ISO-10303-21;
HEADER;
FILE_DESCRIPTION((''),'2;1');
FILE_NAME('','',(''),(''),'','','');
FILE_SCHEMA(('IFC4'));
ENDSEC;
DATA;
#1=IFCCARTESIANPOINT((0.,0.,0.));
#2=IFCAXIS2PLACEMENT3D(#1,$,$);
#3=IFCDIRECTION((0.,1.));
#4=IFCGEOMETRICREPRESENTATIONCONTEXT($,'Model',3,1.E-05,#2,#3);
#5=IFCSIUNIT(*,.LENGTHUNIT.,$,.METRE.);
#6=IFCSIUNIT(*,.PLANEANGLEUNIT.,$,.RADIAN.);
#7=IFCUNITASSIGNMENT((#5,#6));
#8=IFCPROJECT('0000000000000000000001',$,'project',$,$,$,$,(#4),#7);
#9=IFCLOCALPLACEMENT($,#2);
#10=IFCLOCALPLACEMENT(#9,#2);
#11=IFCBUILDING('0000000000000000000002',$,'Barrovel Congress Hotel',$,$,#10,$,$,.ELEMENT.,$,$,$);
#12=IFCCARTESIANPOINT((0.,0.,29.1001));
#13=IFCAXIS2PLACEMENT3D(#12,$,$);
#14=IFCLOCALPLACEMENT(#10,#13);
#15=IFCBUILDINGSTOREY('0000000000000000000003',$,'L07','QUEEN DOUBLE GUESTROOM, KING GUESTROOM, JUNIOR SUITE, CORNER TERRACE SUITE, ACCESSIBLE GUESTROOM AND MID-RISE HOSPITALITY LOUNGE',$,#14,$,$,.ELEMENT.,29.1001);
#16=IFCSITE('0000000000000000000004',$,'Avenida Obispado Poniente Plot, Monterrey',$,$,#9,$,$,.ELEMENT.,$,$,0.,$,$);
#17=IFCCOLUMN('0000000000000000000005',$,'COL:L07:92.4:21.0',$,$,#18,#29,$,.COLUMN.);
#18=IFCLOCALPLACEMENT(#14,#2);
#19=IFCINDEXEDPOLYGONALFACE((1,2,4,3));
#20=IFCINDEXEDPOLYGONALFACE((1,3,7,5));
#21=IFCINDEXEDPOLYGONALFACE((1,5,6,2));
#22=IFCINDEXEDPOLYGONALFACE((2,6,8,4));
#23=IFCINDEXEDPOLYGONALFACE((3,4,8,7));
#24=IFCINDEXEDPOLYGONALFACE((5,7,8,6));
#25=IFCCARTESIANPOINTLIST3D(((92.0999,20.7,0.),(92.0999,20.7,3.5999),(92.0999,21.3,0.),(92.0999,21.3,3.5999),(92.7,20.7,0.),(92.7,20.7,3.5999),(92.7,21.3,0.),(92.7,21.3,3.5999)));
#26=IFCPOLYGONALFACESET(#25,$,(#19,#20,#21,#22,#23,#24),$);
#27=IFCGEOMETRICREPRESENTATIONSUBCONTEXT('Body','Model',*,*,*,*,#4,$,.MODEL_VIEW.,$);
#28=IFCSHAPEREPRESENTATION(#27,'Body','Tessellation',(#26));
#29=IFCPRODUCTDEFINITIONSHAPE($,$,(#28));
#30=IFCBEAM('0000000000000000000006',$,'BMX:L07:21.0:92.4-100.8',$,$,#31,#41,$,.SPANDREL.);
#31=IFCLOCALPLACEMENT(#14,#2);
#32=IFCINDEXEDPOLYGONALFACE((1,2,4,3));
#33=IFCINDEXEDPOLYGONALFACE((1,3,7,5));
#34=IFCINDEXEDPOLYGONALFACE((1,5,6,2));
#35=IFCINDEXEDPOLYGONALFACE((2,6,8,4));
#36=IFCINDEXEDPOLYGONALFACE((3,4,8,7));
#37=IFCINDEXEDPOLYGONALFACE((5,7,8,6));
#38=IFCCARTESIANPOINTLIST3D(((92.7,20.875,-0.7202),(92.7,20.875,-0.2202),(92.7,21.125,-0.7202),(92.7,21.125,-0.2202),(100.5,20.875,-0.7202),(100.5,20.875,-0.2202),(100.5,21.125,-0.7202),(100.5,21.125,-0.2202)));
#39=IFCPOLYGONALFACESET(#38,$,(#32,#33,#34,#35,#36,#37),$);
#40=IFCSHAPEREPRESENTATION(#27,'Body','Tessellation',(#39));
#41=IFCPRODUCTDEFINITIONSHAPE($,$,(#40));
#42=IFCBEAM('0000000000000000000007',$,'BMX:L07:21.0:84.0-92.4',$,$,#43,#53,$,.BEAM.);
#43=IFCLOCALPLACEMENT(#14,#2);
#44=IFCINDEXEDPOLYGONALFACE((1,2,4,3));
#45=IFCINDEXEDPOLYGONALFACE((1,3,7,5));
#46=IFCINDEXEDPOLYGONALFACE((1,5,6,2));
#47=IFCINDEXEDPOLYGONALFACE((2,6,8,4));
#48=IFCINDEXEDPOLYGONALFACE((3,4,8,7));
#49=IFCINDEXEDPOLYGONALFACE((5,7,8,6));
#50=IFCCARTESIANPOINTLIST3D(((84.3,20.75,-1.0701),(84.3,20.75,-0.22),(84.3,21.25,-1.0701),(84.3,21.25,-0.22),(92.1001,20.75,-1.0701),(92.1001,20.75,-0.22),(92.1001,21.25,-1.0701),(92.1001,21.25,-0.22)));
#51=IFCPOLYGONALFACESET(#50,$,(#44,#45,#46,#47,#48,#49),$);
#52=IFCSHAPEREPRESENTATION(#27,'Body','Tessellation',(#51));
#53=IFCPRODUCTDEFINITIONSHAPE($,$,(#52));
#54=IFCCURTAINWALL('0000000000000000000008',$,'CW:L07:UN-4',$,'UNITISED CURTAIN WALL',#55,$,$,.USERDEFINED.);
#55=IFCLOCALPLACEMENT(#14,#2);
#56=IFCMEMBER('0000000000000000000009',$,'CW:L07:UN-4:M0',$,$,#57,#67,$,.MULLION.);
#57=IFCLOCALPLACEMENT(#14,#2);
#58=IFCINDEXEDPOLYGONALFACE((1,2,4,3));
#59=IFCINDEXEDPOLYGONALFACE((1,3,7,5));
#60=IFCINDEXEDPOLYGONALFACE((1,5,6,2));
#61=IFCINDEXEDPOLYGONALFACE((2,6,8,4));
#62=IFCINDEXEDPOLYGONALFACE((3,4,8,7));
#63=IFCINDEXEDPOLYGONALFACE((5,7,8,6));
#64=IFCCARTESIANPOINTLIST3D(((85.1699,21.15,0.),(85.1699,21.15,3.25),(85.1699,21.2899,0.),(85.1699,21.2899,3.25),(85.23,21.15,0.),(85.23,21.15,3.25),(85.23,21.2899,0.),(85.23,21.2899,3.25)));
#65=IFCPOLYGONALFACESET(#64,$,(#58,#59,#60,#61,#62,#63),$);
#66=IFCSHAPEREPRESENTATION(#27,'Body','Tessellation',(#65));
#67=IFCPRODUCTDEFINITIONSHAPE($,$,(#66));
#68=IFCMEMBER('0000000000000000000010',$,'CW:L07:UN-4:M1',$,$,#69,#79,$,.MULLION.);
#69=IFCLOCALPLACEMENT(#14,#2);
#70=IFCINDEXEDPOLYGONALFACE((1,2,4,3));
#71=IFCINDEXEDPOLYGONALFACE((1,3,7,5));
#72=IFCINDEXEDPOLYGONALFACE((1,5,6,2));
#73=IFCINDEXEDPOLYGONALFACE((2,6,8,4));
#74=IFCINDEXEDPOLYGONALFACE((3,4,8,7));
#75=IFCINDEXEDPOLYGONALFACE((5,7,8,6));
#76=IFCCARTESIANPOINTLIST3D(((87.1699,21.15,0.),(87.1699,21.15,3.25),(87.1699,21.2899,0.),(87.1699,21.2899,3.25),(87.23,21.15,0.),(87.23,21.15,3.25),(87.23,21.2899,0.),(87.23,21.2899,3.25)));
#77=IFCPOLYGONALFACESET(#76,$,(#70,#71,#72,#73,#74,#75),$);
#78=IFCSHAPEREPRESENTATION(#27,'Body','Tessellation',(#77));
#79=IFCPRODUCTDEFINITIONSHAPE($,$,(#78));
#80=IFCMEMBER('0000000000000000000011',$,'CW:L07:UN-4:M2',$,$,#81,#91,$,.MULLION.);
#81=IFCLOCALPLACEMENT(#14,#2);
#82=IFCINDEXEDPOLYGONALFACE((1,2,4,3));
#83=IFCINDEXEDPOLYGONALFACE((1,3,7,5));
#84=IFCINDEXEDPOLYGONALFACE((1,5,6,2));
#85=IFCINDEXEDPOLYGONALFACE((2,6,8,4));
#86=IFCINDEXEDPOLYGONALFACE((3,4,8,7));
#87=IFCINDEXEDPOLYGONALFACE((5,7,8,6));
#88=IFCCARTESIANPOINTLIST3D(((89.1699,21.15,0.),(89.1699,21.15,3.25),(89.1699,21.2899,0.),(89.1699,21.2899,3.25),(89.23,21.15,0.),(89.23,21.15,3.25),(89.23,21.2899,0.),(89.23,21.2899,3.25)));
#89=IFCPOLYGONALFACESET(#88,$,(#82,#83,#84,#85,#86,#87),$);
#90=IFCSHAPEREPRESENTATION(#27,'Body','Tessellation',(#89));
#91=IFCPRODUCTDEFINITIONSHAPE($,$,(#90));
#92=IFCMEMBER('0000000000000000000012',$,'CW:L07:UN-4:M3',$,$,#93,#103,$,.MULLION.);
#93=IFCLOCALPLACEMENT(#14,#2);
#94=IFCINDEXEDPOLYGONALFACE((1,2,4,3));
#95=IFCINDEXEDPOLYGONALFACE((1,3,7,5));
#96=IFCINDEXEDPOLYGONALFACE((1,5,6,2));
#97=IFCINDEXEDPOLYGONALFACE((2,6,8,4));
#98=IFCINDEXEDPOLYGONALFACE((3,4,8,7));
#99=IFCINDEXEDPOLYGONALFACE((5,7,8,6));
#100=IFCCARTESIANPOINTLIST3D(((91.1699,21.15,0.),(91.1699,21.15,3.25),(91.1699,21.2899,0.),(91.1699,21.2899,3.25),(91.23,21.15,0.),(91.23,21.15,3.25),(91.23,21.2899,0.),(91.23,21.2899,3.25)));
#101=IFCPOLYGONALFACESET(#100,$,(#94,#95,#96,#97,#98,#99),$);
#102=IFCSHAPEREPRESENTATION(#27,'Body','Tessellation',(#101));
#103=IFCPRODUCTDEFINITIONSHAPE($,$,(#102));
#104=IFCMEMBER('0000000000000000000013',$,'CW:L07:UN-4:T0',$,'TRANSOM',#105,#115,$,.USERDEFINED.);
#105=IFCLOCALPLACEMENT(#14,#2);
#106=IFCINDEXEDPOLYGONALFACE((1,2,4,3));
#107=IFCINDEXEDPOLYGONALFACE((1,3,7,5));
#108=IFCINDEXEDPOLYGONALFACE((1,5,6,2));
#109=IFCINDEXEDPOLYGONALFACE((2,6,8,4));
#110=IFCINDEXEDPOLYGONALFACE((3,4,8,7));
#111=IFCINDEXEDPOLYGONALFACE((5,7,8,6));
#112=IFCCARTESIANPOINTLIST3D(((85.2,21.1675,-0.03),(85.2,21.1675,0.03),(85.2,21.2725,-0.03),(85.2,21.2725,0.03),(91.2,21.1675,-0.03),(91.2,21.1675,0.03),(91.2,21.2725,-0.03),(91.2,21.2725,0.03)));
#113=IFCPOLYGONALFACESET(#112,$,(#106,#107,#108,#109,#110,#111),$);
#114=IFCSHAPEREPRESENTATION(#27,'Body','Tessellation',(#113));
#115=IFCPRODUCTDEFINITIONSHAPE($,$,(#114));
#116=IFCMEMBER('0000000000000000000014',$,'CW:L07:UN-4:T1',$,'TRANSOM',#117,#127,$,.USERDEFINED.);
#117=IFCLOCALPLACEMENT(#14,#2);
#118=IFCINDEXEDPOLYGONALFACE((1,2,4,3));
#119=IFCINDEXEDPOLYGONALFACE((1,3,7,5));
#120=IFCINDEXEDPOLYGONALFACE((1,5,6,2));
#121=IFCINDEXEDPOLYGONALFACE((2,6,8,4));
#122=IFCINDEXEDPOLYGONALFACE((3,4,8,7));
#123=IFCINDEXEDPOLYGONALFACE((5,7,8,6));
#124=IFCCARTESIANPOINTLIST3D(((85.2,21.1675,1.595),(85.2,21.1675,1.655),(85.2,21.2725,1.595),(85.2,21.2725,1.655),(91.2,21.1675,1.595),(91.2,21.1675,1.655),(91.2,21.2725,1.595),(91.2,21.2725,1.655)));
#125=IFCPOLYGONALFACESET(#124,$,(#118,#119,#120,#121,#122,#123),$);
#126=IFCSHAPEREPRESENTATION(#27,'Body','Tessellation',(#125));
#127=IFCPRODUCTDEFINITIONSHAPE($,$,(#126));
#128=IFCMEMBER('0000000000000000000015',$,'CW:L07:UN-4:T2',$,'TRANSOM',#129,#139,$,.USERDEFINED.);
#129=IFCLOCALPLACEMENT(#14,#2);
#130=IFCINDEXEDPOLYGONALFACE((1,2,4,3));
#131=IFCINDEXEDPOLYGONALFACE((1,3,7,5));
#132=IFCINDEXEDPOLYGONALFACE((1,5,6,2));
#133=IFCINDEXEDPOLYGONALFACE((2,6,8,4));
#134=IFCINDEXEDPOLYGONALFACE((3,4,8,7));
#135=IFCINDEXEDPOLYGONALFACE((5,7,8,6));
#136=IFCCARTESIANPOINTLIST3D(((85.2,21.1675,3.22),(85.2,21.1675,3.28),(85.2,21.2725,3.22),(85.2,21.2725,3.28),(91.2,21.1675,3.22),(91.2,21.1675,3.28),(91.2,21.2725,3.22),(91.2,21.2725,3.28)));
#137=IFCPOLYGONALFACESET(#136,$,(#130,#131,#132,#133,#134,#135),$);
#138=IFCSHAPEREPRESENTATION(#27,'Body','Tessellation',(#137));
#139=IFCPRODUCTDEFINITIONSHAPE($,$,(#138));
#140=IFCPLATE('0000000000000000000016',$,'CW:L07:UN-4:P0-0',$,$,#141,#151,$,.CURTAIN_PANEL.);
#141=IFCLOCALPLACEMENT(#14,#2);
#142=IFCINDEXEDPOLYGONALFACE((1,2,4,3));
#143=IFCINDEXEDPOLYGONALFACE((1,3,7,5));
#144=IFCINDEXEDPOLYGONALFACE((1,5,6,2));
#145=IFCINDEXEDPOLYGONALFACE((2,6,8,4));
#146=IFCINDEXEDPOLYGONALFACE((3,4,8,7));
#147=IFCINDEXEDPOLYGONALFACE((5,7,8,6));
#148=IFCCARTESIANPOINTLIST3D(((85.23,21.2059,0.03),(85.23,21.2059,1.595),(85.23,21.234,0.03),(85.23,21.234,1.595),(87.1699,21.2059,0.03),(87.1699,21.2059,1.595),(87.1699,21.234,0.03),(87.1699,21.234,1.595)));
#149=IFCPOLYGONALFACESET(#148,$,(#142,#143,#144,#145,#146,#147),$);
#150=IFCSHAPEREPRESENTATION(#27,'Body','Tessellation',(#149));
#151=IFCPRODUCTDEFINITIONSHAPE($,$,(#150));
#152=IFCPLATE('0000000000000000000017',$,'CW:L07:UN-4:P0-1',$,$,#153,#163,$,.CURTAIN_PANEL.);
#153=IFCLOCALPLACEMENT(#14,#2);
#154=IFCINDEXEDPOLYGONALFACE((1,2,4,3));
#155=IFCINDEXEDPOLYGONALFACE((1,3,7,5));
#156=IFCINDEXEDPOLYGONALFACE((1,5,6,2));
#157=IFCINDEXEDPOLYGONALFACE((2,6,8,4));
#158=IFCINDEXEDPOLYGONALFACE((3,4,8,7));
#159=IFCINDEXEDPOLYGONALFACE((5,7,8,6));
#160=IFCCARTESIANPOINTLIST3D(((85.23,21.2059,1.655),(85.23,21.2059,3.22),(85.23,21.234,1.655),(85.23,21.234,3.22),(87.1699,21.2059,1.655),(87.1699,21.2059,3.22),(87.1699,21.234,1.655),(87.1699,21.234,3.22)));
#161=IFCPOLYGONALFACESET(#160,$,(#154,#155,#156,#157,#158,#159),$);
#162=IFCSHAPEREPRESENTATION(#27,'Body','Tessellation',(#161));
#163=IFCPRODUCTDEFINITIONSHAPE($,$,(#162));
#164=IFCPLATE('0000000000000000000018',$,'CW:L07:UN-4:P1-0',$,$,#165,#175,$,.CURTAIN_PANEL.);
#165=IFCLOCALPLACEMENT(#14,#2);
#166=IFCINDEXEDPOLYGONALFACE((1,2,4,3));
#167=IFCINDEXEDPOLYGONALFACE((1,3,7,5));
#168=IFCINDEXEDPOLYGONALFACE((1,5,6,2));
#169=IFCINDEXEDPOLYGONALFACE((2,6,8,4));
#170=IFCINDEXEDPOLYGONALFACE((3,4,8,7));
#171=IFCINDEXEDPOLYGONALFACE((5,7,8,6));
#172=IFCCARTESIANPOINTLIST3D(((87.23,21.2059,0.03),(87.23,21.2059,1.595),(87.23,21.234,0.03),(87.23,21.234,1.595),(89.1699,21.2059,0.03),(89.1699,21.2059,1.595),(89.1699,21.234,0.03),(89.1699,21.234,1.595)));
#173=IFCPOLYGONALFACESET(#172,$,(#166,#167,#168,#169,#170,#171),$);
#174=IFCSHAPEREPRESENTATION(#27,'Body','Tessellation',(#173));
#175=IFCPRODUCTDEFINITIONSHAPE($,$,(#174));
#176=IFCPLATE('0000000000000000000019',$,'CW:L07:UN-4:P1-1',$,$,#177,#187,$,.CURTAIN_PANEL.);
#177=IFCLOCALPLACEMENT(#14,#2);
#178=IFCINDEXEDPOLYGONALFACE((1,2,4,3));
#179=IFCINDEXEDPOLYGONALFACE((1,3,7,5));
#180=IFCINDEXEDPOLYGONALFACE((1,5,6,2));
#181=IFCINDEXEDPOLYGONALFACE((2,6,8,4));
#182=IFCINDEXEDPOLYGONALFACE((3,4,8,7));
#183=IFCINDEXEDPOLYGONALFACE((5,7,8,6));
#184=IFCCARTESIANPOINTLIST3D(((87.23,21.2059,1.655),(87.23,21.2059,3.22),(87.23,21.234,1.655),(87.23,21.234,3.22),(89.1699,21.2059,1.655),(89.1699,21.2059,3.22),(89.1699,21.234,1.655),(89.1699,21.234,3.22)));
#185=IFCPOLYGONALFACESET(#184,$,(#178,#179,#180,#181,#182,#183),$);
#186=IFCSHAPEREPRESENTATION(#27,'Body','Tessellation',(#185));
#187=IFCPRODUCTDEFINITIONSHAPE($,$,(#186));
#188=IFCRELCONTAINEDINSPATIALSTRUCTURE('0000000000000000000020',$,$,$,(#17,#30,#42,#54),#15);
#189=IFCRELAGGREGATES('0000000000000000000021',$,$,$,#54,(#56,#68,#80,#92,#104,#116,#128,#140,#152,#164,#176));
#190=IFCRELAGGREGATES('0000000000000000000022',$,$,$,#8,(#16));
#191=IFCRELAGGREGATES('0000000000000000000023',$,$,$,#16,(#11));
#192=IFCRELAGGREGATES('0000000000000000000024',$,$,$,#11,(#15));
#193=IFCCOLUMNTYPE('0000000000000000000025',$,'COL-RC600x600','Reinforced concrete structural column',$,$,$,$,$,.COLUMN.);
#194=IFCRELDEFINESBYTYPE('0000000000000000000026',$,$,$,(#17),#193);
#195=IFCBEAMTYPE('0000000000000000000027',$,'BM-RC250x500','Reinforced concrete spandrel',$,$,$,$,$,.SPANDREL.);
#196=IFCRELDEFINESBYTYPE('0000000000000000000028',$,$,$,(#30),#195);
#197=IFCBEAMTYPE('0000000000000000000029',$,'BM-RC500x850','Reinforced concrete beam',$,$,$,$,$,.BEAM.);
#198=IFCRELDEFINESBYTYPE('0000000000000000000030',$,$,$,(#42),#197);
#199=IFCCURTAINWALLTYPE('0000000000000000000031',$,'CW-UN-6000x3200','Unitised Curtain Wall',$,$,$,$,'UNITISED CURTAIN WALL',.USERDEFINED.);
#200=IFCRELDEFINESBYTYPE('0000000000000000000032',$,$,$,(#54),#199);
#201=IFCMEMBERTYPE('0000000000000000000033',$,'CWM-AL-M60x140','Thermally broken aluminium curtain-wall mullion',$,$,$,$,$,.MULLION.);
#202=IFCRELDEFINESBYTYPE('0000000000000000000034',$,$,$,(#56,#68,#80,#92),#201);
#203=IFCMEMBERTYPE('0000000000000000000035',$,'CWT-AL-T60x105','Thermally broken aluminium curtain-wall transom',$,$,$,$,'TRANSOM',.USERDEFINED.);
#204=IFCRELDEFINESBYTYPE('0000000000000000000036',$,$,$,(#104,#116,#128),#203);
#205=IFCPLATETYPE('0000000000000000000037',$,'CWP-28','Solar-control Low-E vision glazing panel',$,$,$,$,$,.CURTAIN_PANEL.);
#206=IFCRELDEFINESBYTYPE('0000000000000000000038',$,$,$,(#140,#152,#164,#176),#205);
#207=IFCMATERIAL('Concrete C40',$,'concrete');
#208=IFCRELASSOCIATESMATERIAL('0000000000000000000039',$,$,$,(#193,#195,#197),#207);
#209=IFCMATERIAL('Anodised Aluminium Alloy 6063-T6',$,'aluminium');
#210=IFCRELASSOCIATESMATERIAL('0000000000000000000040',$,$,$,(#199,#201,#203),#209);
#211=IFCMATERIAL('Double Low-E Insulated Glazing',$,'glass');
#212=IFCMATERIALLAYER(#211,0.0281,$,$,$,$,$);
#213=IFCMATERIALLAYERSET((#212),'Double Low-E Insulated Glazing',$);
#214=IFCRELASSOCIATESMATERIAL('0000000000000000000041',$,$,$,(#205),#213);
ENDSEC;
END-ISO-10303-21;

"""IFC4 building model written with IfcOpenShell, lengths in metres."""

from ifc_helpers import new_model, si_unit, direction, frame, origin, origin_2d, place, context, subcontext, project, spatial, rectangle, extrude, material, layer, layer_set, material_profile, profile_set, type_object, element, aggregate, save


model = new_model("IFC4")

# Units and contexts
model_context = context("Model", 3, precision=1e-05, world=origin(), true_north=direction((0.0, 1.0)))
body_context = subcontext(model_context, "Body", "Model", "MODEL_VIEW")
ifc_project = project(units=[si_unit("LENGTHUNIT", "METRE"), si_unit("PLANEANGLEUNIT", "RADIAN")], contexts=[model_context])

# Site, building, storey
site_placement = place(None, origin())
site = spatial("IfcSite", under=ifc_project, at=site_placement, Name="Avenida Obispado Poniente Plot, Monterrey", CompositionType="ELEMENT", RefElevation=0.0)
building_placement = place(site_placement, origin())
building = spatial("IfcBuilding", under=site, at=building_placement, Name="Barrovel Congress Hotel", CompositionType="ELEMENT")
storey_placement = place(building_placement, frame((0.0, 0.0, 29.1001)))
storey = spatial("IfcBuildingStorey", under=building, at=storey_placement, Name="L07", Description="QUEEN DOUBLE GUESTROOM, KING GUESTROOM, JUNIOR SUITE, CORNER TERRACE SUITE, ACCESSIBLE GUESTROOM AND MID-RISE HOSPITALITY LOUNGE", CompositionType="ELEMENT", Elevation=29.1001)

# Column
ifc_material_1 = material(Name="Concrete C40", Category="concrete")
ifc_material_profile_1 = material_profile(ifc_material_1, rectangle(XDim=0.6001, YDim=0.6001, at=origin_2d()), Name="RC600x600")
ifc_profile_set_1 = profile_set([ifc_material_profile_1], Name="Concrete C40")
column_type = type_object("IfcColumnType", Name="COL-RC600x600", Description="Reinforced concrete structural column", PredefinedType="COLUMN", material=ifc_profile_set_1)
column_placement = place(storey_placement, frame((92.3999, 21.0, 0.0), z_axis=(0.0, 0.0, 1.0), x_axis=(1.0, 0.0, 0.0)))
element("IfcColumn", 1, at=column_placement, inside=storey, type_object=column_type, Name="COL:L07:92.4:21.0", PredefinedType="COLUMN", context=body_context, shape_type="SweptSolid", body=[
    extrude(rectangle(XDim=0.6001, YDim=0.6001, at=origin_2d()), origin(), (0.0, 0.0, 1.0), 3.5999),
])

# Beams
ifc_material_profile_2 = material_profile(ifc_material_1, rectangle(XDim=0.25, YDim=0.5, at=origin_2d()), Name="RC250x500")
ifc_profile_set_2 = profile_set([ifc_material_profile_2], Name="Concrete C40")
beam_type_1 = type_object("IfcBeamType", Name="BM-RC250x500", Description="Reinforced concrete spandrel", PredefinedType="SPANDREL", material=ifc_profile_set_2)
beam_1_placement = place(storey_placement, frame((92.7, 21.0, -0.4702), z_axis=(1.0, 0.0, 0.0), x_axis=(0.0, 1.0, 0.0)))
element("IfcBeam", 2, at=beam_1_placement, inside=storey, type_object=beam_type_1, Name="BMX:L07:21.0:92.4-100.8", PredefinedType="SPANDREL", context=body_context, shape_type="SweptSolid", body=[
    extrude(rectangle(XDim=0.25, YDim=0.5, at=origin_2d()), origin(), (0.0, 0.0, 1.0), 7.8),
])
ifc_material_profile_3 = material_profile(ifc_material_1, rectangle(XDim=0.5, YDim=0.8501, at=origin_2d()), Name="RC500x850")
ifc_profile_set_3 = profile_set([ifc_material_profile_3], Name="Concrete C40")
beam_type_2 = type_object("IfcBeamType", Name="BM-RC500x850", Description="Reinforced concrete beam", PredefinedType="BEAM", material=ifc_profile_set_3)
beam_2_placement = place(storey_placement, frame((84.3, 21.0, -0.645), z_axis=(1.0, 0.0, 0.0), x_axis=(0.0, 1.0, 0.0)))
element("IfcBeam", 3, at=beam_2_placement, inside=storey, type_object=beam_type_2, Name="BMX:L07:21.0:84.0-92.4", PredefinedType="BEAM", context=body_context, shape_type="SweptSolid", body=[
    extrude(rectangle(XDim=0.5, YDim=0.8501, at=origin_2d()), origin(), (0.0, 0.0, 1.0), 7.8),
])

# Curtain wall, members, plates
ifc_material_2 = material(Name="Anodised Aluminium Alloy 6063-T6", Category="aluminium")
curtain_wall_type = type_object("IfcCurtainWallType", Name="CW-UN-6000x3200", Description="Unitised Curtain Wall", ElementType="UNITISED CURTAIN WALL", PredefinedType="USERDEFINED", material=ifc_material_2)
curtain_wall_placement = place(storey_placement, origin())
curtain_wall = element("IfcCurtainWall", 4, at=curtain_wall_placement, inside=storey, type_object=curtain_wall_type, Name="CW:L07:UN-4", ObjectType="UNITISED CURTAIN WALL", PredefinedType="USERDEFINED")
ifc_material_profile_4 = material_profile(ifc_material_2, rectangle(XDim=0.0601, YDim=0.1399, at=origin_2d()), Name="AL-M60x140")
ifc_profile_set_4 = profile_set([ifc_material_profile_4], Name="Anodised Aluminium Alloy 6063-T6")
member_type_1 = type_object("IfcMemberType", Name="CWM-AL-M60x140", Description="Thermally broken aluminium curtain-wall mullion", PredefinedType="MULLION", material=ifc_profile_set_4)
member_1_placement = place(storey_placement, frame((85.2, 21.22, 0.0), z_axis=(0.0, 0.0, 1.0), x_axis=(1.0, 0.0, 0.0)))
member_1 = element("IfcMember", 5, at=member_1_placement, type_object=member_type_1, Name="CW:L07:UN-4:M0", PredefinedType="MULLION", context=body_context, shape_type="SweptSolid", body=[
    extrude(rectangle(XDim=0.0601, YDim=0.1399, at=origin_2d()), origin(), (0.0, 0.0, 1.0), 3.25),
])
member_2_placement = place(storey_placement, frame((87.2, 21.22, 0.0), z_axis=(0.0, 0.0, 1.0), x_axis=(1.0, 0.0, 0.0)))
member_2 = element("IfcMember", 6, at=member_2_placement, type_object=member_type_1, Name="CW:L07:UN-4:M1", PredefinedType="MULLION", context=body_context, shape_type="SweptSolid", body=[
    extrude(rectangle(XDim=0.0601, YDim=0.1399, at=origin_2d()), origin(), (0.0, 0.0, 1.0), 3.25),
])
member_3_placement = place(storey_placement, frame((89.2, 21.22, 0.0), z_axis=(0.0, 0.0, 1.0), x_axis=(1.0, 0.0, 0.0)))
member_3 = element("IfcMember", 7, at=member_3_placement, type_object=member_type_1, Name="CW:L07:UN-4:M2", PredefinedType="MULLION", context=body_context, shape_type="SweptSolid", body=[
    extrude(rectangle(XDim=0.0601, YDim=0.1399, at=origin_2d()), origin(), (0.0, 0.0, 1.0), 3.25),
])
member_4_placement = place(storey_placement, frame((91.2, 21.22, 0.0), z_axis=(0.0, 0.0, 1.0), x_axis=(1.0, 0.0, 0.0)))
member_4 = element("IfcMember", 8, at=member_4_placement, type_object=member_type_1, Name="CW:L07:UN-4:M3", PredefinedType="MULLION", context=body_context, shape_type="SweptSolid", body=[
    extrude(rectangle(XDim=0.0601, YDim=0.1399, at=origin_2d()), origin(), (0.0, 0.0, 1.0), 3.25),
])
ifc_material_profile_5 = material_profile(ifc_material_2, rectangle(XDim=0.105, YDim=0.0601, at=origin_2d()), Name="AL-T60x105")
ifc_profile_set_5 = profile_set([ifc_material_profile_5], Name="Anodised Aluminium Alloy 6063-T6")
member_type_2 = type_object("IfcMemberType", Name="CWT-AL-T60x105", Description="Thermally broken aluminium curtain-wall transom", ElementType="TRANSOM", PredefinedType="USERDEFINED", material=ifc_profile_set_5)
member_5_placement = place(storey_placement, frame((85.2, 21.22, 0.0), z_axis=(1.0, 0.0, 0.0), x_axis=(0.0, 1.0, 0.0)))
member_5 = element("IfcMember", 9, at=member_5_placement, type_object=member_type_2, Name="CW:L07:UN-4:T0", ObjectType="TRANSOM", PredefinedType="USERDEFINED", context=body_context, shape_type="SweptSolid", body=[
    extrude(rectangle(XDim=0.105, YDim=0.0601, at=origin_2d()), origin(), (0.0, 0.0, 1.0), 6.0),
])
member_6_placement = place(storey_placement, frame((85.2, 21.22, 1.625), z_axis=(1.0, 0.0, 0.0), x_axis=(0.0, 1.0, 0.0)))
member_6 = element("IfcMember", 10, at=member_6_placement, type_object=member_type_2, Name="CW:L07:UN-4:T1", ObjectType="TRANSOM", PredefinedType="USERDEFINED", context=body_context, shape_type="SweptSolid", body=[
    extrude(rectangle(XDim=0.105, YDim=0.0601, at=origin_2d()), origin(), (0.0, 0.0, 1.0), 6.0),
])
member_7_placement = place(storey_placement, frame((85.2, 21.22, 3.25), z_axis=(1.0, 0.0, 0.0), x_axis=(0.0, 1.0, 0.0)))
member_7 = element("IfcMember", 11, at=member_7_placement, type_object=member_type_2, Name="CW:L07:UN-4:T2", ObjectType="TRANSOM", PredefinedType="USERDEFINED", context=body_context, shape_type="SweptSolid", body=[
    extrude(rectangle(XDim=0.105, YDim=0.0601, at=origin_2d()), origin(), (0.0, 0.0, 1.0), 6.0),
])
ifc_material_3 = material(Name="Double Low-E Insulated Glazing", Category="glass")
ifc_layer_1 = layer(ifc_material_3, 0.0281)
ifc_layer_set_1 = layer_set([ifc_layer_1], Name="Double Low-E Insulated Glazing")
plate_type = type_object("IfcPlateType", Name="CWP-28", Description="Solar-control Low-E vision glazing panel", PredefinedType="CURTAIN_PANEL", material=ifc_layer_set_1)
plate_1_placement = place(storey_placement, frame((86.2, 21.22, 0.03), z_axis=(0.0, 0.0, 1.0), x_axis=(1.0, 0.0, 0.0)))
plate_1 = element("IfcPlate", 12, at=plate_1_placement, type_object=plate_type, Name="CW:L07:UN-4:P0-0", PredefinedType="CURTAIN_PANEL", context=body_context, shape_type="SweptSolid", body=[
    extrude(rectangle(XDim=1.9399, YDim=0.0281, at=origin_2d()), origin(), (0.0, 0.0, 1.0), 1.5649),
])
plate_2_placement = place(storey_placement, frame((86.2, 21.22, 1.655), z_axis=(0.0, 0.0, 1.0), x_axis=(1.0, 0.0, 0.0)))
plate_2 = element("IfcPlate", 13, at=plate_2_placement, type_object=plate_type, Name="CW:L07:UN-4:P0-1", PredefinedType="CURTAIN_PANEL", context=body_context, shape_type="SweptSolid", body=[
    extrude(rectangle(XDim=1.9399, YDim=0.0281, at=origin_2d()), origin(), (0.0, 0.0, 1.0), 1.5649),
])
plate_3_placement = place(storey_placement, frame((88.2, 21.22, 0.03), z_axis=(0.0, 0.0, 1.0), x_axis=(1.0, 0.0, 0.0)))
plate_3 = element("IfcPlate", 14, at=plate_3_placement, type_object=plate_type, Name="CW:L07:UN-4:P1-0", PredefinedType="CURTAIN_PANEL", context=body_context, shape_type="SweptSolid", body=[
    extrude(rectangle(XDim=1.9399, YDim=0.0281, at=origin_2d()), origin(), (0.0, 0.0, 1.0), 1.5649),
])
plate_4_placement = place(storey_placement, frame((88.2, 21.22, 1.655), z_axis=(0.0, 0.0, 1.0), x_axis=(1.0, 0.0, 0.0)))
plate_4 = element("IfcPlate", 15, at=plate_4_placement, type_object=plate_type, Name="CW:L07:UN-4:P1-1", PredefinedType="CURTAIN_PANEL", context=body_context, shape_type="SweptSolid", body=[
    extrude(rectangle(XDim=1.9399, YDim=0.0281, at=origin_2d()), origin(), (0.0, 0.0, 1.0), 1.5649),
])
aggregate(curtain_wall, [member_1, member_2, member_3, member_4, member_5, member_6, member_7, plate_1, plate_2, plate_3, plate_4])

save(model, "model.ifc")
